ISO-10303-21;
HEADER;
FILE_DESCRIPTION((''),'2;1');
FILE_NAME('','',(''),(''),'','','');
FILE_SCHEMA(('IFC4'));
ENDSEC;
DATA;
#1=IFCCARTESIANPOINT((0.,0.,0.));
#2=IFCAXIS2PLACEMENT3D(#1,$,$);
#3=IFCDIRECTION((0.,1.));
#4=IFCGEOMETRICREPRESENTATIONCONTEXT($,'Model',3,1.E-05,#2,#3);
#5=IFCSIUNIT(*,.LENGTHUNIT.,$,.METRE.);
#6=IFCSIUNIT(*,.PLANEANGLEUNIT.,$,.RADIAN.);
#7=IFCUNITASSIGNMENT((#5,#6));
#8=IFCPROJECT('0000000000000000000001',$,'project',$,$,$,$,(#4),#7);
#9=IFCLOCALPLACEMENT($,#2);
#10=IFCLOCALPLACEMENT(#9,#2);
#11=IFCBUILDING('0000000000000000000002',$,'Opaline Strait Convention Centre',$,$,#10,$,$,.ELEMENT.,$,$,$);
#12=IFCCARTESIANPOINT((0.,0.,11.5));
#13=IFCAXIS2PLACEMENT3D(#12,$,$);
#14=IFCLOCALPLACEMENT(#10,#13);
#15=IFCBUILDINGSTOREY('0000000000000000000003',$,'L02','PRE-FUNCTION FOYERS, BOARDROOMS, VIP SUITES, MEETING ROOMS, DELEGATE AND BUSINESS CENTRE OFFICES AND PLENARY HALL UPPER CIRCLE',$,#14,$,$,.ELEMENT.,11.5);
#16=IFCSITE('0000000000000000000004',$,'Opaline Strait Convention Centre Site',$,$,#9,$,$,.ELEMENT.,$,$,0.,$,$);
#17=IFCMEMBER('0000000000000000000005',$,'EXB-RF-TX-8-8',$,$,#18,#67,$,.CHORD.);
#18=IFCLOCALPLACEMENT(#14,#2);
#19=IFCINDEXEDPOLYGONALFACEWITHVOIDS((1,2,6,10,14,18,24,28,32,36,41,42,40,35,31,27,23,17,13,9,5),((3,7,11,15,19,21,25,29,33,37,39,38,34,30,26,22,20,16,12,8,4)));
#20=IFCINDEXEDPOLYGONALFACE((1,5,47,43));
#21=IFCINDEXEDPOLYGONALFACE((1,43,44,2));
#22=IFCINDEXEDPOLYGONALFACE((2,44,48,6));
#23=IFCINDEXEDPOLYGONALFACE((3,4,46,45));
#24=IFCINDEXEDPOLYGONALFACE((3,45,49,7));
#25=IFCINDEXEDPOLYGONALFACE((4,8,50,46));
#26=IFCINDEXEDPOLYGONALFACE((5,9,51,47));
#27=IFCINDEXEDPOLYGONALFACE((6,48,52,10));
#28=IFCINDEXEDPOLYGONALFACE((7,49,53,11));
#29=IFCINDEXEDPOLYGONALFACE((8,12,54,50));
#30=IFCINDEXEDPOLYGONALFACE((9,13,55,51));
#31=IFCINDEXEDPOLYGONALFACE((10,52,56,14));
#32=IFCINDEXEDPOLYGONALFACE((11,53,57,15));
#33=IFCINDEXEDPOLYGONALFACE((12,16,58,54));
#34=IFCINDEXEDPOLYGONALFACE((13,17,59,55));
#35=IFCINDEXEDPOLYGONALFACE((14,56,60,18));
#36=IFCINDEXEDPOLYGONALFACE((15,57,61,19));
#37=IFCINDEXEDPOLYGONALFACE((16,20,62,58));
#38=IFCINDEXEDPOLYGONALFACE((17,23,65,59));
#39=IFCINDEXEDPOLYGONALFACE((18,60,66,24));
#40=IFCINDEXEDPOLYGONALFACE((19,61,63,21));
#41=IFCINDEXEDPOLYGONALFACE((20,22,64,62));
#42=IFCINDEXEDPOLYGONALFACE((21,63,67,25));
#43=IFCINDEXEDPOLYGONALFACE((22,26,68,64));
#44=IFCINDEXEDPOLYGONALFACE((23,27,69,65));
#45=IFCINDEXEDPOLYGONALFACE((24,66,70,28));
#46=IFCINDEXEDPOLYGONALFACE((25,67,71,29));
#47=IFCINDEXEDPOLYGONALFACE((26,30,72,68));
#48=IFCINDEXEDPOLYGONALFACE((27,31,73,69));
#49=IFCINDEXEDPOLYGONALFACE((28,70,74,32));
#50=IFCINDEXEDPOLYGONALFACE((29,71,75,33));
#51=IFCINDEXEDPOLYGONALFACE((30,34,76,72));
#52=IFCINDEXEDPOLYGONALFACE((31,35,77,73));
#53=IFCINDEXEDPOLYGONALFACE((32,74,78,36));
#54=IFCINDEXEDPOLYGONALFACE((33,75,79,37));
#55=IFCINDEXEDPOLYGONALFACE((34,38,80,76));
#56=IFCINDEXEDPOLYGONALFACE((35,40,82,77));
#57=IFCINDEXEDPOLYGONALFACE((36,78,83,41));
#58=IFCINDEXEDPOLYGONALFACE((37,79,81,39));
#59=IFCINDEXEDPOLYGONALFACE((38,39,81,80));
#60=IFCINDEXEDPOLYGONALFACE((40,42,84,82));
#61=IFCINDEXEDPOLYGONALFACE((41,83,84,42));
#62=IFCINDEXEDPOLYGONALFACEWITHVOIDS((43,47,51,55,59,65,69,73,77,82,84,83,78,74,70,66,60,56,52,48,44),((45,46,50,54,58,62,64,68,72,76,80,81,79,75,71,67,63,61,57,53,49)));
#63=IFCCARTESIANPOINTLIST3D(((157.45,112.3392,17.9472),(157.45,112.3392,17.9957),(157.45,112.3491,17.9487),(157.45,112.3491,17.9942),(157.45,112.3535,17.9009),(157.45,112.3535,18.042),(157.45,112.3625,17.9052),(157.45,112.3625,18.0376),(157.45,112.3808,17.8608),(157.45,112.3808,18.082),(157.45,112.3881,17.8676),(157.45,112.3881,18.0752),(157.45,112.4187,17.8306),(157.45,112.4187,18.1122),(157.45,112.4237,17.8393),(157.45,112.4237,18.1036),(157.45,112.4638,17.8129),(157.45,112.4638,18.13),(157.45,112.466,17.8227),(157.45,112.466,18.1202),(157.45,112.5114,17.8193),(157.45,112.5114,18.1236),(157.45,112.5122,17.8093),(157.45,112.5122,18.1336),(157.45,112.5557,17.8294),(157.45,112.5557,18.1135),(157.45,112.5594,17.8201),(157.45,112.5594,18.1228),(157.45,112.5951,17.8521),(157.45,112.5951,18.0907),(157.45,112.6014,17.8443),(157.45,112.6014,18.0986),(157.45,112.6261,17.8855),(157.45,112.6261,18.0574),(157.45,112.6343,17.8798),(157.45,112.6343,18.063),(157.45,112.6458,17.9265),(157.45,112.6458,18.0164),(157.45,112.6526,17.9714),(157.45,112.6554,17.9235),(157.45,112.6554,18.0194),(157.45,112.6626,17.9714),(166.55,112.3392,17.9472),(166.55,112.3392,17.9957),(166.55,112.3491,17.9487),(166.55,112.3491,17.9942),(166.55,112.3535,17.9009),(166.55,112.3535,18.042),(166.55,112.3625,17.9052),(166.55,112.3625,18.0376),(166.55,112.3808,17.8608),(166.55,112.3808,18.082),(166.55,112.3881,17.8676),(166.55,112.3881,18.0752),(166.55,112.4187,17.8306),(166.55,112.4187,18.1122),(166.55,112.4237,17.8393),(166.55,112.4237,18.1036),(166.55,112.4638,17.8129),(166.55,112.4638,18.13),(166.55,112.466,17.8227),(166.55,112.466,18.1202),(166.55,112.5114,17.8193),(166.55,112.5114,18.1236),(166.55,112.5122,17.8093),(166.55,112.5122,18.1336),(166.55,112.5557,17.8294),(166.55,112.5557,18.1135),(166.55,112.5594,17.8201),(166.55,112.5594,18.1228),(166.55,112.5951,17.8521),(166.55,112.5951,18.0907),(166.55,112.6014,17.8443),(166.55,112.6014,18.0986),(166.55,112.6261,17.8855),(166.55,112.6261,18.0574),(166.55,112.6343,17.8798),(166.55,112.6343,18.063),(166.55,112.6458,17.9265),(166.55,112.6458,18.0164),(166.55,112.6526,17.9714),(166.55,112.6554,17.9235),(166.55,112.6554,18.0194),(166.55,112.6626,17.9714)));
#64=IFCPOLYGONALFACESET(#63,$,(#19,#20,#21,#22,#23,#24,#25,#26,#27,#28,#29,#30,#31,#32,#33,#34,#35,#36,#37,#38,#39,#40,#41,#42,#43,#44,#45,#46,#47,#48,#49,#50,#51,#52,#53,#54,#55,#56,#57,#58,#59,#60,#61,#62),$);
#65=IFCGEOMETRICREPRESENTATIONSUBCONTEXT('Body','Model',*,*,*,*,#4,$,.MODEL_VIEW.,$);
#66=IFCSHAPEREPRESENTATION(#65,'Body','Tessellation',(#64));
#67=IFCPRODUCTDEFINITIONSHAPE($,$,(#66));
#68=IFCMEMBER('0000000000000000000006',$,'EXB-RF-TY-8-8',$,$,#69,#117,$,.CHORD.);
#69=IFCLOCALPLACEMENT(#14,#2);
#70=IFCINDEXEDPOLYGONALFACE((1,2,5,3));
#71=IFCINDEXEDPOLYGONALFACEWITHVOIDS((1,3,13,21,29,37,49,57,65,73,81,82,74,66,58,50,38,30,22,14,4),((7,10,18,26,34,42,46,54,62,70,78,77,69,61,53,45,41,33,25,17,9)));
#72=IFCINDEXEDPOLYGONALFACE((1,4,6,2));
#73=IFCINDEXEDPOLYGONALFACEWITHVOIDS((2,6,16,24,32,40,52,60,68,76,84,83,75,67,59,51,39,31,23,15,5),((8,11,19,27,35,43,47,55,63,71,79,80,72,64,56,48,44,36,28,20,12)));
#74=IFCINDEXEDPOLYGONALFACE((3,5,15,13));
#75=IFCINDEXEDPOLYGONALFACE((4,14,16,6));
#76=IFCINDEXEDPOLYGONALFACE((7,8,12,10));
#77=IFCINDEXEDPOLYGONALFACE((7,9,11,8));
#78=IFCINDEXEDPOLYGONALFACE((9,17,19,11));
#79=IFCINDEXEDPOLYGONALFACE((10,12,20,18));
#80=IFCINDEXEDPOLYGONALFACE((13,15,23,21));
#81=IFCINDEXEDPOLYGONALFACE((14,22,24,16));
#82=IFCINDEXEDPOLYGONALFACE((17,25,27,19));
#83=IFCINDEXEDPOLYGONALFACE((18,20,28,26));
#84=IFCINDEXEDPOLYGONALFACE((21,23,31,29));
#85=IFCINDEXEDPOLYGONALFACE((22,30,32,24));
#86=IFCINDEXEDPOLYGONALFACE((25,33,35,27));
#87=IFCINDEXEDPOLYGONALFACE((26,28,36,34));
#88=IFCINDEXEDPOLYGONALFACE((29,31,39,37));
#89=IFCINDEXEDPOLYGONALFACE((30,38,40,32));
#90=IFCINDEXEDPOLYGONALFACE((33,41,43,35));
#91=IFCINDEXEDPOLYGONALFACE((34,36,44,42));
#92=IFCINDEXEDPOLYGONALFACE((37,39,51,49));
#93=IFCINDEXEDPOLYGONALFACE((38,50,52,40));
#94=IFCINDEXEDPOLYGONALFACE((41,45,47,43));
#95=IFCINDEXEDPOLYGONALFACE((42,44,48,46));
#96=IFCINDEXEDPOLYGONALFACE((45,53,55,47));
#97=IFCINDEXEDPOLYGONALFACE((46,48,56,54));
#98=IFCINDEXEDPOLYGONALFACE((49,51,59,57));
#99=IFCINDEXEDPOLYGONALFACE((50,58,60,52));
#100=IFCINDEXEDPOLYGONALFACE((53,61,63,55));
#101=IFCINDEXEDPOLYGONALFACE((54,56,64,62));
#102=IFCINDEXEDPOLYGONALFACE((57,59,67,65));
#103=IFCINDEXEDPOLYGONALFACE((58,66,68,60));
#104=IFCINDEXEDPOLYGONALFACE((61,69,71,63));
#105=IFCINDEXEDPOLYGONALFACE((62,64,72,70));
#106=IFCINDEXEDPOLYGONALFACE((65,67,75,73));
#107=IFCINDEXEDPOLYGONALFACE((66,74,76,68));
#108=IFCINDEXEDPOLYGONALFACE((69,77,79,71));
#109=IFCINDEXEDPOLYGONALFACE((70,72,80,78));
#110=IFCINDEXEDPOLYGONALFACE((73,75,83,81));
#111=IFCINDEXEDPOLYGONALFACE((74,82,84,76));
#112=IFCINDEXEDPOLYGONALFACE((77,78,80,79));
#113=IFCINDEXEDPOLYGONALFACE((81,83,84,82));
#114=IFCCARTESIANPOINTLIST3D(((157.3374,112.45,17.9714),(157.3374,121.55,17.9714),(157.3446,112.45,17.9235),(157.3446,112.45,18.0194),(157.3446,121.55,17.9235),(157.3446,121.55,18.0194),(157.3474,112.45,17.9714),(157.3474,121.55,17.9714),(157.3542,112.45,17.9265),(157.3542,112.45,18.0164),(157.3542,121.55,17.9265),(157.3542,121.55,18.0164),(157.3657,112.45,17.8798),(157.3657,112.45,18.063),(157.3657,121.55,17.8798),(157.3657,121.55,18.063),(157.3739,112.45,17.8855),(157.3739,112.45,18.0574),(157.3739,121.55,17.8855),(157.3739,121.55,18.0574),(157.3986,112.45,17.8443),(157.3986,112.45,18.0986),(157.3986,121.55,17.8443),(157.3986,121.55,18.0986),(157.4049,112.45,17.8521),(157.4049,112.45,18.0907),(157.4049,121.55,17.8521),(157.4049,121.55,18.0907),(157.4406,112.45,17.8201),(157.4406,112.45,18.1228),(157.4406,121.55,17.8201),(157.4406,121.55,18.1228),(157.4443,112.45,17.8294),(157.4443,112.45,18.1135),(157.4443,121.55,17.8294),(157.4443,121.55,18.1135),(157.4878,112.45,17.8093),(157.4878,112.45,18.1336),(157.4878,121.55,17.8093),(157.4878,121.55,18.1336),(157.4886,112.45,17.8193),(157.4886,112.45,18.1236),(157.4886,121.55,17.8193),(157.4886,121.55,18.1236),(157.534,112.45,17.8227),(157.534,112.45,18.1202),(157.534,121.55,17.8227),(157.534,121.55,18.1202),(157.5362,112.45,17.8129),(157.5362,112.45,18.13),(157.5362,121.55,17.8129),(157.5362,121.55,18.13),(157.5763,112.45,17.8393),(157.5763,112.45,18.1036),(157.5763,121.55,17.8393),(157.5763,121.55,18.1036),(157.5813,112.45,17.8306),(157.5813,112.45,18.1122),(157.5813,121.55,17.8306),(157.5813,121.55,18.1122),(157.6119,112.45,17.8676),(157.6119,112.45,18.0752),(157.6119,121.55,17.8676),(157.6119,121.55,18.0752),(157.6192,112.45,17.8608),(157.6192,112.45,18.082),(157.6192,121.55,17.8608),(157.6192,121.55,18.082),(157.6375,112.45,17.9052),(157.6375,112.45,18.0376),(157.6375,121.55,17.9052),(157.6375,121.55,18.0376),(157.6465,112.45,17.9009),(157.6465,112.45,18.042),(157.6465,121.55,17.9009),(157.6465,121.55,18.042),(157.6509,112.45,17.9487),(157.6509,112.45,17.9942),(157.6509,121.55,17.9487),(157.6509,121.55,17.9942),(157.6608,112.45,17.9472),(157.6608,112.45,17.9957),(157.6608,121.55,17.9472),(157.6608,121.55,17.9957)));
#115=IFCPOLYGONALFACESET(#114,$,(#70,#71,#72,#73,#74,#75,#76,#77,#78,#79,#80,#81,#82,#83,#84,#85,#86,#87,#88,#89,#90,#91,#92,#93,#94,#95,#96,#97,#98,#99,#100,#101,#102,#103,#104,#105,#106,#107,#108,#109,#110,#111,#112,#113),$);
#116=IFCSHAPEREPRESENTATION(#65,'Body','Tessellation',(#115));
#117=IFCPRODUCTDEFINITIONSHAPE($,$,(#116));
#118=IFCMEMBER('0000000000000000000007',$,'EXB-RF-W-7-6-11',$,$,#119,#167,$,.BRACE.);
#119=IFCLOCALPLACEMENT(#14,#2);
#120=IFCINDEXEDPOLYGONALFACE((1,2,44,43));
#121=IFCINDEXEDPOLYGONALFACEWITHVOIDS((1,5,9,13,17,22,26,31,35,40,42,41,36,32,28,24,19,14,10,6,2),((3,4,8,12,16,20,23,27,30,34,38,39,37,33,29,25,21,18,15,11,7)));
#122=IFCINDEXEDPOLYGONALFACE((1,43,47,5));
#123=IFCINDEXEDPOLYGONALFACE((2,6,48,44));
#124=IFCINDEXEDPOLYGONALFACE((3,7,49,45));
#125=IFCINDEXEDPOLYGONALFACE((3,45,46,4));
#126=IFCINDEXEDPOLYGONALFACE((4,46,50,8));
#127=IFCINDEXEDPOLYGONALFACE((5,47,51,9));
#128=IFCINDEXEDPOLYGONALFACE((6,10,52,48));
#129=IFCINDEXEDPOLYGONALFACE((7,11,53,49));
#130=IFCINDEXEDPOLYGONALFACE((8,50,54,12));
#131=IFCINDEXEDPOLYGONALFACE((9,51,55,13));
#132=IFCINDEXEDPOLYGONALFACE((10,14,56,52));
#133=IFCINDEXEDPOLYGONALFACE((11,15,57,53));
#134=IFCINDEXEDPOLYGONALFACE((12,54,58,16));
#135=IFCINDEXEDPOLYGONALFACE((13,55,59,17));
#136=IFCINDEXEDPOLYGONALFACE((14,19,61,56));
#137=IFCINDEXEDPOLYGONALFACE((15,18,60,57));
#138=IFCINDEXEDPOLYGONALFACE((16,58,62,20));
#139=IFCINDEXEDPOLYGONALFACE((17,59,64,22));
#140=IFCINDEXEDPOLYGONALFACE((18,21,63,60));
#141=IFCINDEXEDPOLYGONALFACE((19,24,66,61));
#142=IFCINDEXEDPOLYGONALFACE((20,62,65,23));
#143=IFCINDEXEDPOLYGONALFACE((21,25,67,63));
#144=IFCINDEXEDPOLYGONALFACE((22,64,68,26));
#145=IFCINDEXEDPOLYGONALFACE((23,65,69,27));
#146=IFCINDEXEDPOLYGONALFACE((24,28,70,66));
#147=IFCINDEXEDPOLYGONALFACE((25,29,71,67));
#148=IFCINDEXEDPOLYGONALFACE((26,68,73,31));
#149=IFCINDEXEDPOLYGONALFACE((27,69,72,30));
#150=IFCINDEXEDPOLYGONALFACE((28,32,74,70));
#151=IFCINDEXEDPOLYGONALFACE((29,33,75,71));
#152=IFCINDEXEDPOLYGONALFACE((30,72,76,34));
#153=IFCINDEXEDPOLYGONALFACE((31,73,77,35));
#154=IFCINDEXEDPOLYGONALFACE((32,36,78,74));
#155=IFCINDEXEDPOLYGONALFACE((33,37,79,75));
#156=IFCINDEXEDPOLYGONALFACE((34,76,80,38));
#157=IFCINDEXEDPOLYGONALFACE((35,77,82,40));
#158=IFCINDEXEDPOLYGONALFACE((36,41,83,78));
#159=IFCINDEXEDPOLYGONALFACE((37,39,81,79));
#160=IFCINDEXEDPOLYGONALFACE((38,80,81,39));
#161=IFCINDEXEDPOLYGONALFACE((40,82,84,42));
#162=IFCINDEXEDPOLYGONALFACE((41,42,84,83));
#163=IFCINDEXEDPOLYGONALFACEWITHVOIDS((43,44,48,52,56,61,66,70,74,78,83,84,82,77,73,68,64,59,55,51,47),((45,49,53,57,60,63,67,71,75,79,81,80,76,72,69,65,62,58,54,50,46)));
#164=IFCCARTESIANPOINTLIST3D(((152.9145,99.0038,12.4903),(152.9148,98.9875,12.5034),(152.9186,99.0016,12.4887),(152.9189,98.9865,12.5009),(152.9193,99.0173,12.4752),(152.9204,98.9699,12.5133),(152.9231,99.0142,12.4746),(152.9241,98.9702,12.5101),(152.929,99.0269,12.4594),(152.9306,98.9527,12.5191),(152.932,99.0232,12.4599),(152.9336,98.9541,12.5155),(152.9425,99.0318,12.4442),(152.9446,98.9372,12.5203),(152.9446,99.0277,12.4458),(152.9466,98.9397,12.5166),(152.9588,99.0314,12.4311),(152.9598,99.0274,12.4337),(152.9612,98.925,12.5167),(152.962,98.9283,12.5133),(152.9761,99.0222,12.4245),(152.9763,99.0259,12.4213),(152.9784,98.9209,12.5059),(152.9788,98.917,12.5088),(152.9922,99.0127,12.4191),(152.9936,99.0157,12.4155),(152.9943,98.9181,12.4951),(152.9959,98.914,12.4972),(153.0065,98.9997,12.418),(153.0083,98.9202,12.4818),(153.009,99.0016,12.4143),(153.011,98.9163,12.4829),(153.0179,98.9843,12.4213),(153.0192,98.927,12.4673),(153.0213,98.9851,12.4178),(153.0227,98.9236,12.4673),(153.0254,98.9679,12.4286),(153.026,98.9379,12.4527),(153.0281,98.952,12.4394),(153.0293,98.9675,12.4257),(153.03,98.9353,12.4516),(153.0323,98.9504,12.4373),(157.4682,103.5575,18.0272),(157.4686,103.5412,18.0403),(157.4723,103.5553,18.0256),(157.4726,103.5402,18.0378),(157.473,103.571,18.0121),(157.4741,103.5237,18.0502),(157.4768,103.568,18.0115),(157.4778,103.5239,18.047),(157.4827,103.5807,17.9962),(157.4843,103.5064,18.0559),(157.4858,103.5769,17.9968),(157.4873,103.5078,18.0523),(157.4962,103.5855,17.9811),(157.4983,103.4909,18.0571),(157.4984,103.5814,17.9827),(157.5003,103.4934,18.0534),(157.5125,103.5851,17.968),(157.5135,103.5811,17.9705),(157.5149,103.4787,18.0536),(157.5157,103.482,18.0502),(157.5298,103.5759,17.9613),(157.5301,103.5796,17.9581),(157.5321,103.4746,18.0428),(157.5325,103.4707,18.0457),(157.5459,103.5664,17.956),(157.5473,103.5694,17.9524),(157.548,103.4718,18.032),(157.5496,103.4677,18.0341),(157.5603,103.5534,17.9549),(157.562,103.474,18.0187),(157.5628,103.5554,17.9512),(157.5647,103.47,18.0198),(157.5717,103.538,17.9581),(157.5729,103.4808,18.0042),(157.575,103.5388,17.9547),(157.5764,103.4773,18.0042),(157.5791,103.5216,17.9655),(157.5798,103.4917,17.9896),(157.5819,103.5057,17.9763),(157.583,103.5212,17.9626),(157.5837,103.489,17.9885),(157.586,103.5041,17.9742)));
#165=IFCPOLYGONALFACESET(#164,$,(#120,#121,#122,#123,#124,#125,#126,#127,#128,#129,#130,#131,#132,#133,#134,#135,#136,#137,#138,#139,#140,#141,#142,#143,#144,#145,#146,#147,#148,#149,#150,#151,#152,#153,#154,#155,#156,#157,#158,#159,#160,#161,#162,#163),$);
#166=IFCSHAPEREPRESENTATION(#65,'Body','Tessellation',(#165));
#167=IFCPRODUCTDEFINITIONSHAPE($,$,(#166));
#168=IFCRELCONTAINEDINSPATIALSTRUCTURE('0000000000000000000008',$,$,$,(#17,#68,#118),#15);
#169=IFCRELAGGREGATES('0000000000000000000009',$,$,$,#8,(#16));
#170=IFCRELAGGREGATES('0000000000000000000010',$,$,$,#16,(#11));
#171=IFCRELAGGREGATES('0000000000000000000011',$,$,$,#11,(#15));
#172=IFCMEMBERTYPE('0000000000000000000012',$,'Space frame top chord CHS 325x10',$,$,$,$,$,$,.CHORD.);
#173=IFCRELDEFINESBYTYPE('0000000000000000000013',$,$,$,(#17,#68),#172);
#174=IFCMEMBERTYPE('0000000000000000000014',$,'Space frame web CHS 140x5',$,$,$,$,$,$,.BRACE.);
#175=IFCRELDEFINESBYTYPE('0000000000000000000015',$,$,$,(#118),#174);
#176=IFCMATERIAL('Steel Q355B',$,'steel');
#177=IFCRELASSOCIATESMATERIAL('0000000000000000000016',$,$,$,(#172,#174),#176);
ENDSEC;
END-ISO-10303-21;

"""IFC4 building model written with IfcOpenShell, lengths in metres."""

from ifc_helpers import new_model, si_unit, direction, frame, origin, origin_2d, place, context, subcontext, project, spatial, hollow_circle, extrude, material, material_profile, profile_set, type_object, element, save


model = new_model("IFC4")

# Units and contexts
model_context = context("Model", 3, precision=1e-05, world=origin(), true_north=direction((0.0, 1.0)))
body_context = subcontext(model_context, "Body", "Model", "MODEL_VIEW")
ifc_project = project(units=[si_unit("LENGTHUNIT", "METRE"), si_unit("PLANEANGLEUNIT", "RADIAN")], contexts=[model_context])

# Site, building, storey
site_placement = place(None, origin())
site = spatial("IfcSite", under=ifc_project, at=site_placement, Name="Opaline Strait Convention Centre Site", CompositionType="ELEMENT", RefElevation=0.0)
building_placement = place(site_placement, origin())
building = spatial("IfcBuilding", under=site, at=building_placement, Name="Opaline Strait Convention Centre", CompositionType="ELEMENT")
storey_placement = place(building_placement, frame((0.0, 0.0, 11.5)))
storey = spatial("IfcBuildingStorey", under=building, at=storey_placement, Name="L02", Description="PRE-FUNCTION FOYERS, BOARDROOMS, VIP SUITES, MEETING ROOMS, DELEGATE AND BUSINESS CENTRE OFFICES AND PLENARY HALL UPPER CIRCLE", CompositionType="ELEMENT", Elevation=11.5)

# Members
ifc_material_1 = material(Name="Steel Q355B", Category="steel")
ifc_material_profile_1 = material_profile(ifc_material_1, hollow_circle(Radius=0.1626, WallThickness=0.01, at=origin_2d()), Name="CHS 325x10")
ifc_profile_set_1 = profile_set([ifc_material_profile_1], Name="Steel Q355B")
member_type_1 = type_object("IfcMemberType", Name="Space frame top chord CHS 325x10", PredefinedType="CHORD", material=ifc_profile_set_1)
for number, where, z_axis, x_axis, name in (
    (1, (157.45, 112.5, 17.9714), (1.0, 0.0, 0.0), (0.0, 1.0, 0.0), "EXB-RF-TX-8-8"),
    (2, (157.5, 112.45, 17.9714), (0.0, 1.0, 0.0), (-1.0, 0.0, 0.0), "EXB-RF-TY-8-8"),
):
    element("IfcMember", number, at=place(storey_placement, frame(where, z_axis=z_axis, x_axis=x_axis)), inside=storey, type_object=member_type_1, Name=name, PredefinedType="CHORD", context=body_context, shape_type="SweptSolid", body=[
        extrude(hollow_circle(Radius=0.1626, WallThickness=0.01, at=origin_2d()), origin(), (0.0, 0.0, 1.0), 9.1001),
    ])
ifc_material_profile_2 = material_profile(ifc_material_1, hollow_circle(Radius=0.0701, WallThickness=0.0049, at=origin_2d()), Name="CHS 140x5")
ifc_profile_set_2 = profile_set([ifc_material_profile_2], Name="Steel Q355B")
member_type_2 = type_object("IfcMemberType", Name="Space frame web CHS 140x5", PredefinedType="BRACE", material=ifc_profile_set_2)
for number, where, z_axis, x_axis, name in (
    (3, (157.5269, 103.5269, 18.0042), (-0.536178, -0.536178, -0.65194), (0.707107, -0.707107, 0.0), "EXB-RF-W-7-6-11"),
):
    element("IfcMember", number, at=place(storey_placement, frame(where, z_axis=z_axis, x_axis=x_axis)), inside=storey, type_object=member_type_2, Name=name, PredefinedType="BRACE", context=body_context, shape_type="SweptSolid", body=[
        extrude(hollow_circle(Radius=0.0701, WallThickness=0.0049, at=origin_2d()), origin(), (0.0, 0.0, 1.0), 8.4929),
    ])

save(model, "model.ifc")
